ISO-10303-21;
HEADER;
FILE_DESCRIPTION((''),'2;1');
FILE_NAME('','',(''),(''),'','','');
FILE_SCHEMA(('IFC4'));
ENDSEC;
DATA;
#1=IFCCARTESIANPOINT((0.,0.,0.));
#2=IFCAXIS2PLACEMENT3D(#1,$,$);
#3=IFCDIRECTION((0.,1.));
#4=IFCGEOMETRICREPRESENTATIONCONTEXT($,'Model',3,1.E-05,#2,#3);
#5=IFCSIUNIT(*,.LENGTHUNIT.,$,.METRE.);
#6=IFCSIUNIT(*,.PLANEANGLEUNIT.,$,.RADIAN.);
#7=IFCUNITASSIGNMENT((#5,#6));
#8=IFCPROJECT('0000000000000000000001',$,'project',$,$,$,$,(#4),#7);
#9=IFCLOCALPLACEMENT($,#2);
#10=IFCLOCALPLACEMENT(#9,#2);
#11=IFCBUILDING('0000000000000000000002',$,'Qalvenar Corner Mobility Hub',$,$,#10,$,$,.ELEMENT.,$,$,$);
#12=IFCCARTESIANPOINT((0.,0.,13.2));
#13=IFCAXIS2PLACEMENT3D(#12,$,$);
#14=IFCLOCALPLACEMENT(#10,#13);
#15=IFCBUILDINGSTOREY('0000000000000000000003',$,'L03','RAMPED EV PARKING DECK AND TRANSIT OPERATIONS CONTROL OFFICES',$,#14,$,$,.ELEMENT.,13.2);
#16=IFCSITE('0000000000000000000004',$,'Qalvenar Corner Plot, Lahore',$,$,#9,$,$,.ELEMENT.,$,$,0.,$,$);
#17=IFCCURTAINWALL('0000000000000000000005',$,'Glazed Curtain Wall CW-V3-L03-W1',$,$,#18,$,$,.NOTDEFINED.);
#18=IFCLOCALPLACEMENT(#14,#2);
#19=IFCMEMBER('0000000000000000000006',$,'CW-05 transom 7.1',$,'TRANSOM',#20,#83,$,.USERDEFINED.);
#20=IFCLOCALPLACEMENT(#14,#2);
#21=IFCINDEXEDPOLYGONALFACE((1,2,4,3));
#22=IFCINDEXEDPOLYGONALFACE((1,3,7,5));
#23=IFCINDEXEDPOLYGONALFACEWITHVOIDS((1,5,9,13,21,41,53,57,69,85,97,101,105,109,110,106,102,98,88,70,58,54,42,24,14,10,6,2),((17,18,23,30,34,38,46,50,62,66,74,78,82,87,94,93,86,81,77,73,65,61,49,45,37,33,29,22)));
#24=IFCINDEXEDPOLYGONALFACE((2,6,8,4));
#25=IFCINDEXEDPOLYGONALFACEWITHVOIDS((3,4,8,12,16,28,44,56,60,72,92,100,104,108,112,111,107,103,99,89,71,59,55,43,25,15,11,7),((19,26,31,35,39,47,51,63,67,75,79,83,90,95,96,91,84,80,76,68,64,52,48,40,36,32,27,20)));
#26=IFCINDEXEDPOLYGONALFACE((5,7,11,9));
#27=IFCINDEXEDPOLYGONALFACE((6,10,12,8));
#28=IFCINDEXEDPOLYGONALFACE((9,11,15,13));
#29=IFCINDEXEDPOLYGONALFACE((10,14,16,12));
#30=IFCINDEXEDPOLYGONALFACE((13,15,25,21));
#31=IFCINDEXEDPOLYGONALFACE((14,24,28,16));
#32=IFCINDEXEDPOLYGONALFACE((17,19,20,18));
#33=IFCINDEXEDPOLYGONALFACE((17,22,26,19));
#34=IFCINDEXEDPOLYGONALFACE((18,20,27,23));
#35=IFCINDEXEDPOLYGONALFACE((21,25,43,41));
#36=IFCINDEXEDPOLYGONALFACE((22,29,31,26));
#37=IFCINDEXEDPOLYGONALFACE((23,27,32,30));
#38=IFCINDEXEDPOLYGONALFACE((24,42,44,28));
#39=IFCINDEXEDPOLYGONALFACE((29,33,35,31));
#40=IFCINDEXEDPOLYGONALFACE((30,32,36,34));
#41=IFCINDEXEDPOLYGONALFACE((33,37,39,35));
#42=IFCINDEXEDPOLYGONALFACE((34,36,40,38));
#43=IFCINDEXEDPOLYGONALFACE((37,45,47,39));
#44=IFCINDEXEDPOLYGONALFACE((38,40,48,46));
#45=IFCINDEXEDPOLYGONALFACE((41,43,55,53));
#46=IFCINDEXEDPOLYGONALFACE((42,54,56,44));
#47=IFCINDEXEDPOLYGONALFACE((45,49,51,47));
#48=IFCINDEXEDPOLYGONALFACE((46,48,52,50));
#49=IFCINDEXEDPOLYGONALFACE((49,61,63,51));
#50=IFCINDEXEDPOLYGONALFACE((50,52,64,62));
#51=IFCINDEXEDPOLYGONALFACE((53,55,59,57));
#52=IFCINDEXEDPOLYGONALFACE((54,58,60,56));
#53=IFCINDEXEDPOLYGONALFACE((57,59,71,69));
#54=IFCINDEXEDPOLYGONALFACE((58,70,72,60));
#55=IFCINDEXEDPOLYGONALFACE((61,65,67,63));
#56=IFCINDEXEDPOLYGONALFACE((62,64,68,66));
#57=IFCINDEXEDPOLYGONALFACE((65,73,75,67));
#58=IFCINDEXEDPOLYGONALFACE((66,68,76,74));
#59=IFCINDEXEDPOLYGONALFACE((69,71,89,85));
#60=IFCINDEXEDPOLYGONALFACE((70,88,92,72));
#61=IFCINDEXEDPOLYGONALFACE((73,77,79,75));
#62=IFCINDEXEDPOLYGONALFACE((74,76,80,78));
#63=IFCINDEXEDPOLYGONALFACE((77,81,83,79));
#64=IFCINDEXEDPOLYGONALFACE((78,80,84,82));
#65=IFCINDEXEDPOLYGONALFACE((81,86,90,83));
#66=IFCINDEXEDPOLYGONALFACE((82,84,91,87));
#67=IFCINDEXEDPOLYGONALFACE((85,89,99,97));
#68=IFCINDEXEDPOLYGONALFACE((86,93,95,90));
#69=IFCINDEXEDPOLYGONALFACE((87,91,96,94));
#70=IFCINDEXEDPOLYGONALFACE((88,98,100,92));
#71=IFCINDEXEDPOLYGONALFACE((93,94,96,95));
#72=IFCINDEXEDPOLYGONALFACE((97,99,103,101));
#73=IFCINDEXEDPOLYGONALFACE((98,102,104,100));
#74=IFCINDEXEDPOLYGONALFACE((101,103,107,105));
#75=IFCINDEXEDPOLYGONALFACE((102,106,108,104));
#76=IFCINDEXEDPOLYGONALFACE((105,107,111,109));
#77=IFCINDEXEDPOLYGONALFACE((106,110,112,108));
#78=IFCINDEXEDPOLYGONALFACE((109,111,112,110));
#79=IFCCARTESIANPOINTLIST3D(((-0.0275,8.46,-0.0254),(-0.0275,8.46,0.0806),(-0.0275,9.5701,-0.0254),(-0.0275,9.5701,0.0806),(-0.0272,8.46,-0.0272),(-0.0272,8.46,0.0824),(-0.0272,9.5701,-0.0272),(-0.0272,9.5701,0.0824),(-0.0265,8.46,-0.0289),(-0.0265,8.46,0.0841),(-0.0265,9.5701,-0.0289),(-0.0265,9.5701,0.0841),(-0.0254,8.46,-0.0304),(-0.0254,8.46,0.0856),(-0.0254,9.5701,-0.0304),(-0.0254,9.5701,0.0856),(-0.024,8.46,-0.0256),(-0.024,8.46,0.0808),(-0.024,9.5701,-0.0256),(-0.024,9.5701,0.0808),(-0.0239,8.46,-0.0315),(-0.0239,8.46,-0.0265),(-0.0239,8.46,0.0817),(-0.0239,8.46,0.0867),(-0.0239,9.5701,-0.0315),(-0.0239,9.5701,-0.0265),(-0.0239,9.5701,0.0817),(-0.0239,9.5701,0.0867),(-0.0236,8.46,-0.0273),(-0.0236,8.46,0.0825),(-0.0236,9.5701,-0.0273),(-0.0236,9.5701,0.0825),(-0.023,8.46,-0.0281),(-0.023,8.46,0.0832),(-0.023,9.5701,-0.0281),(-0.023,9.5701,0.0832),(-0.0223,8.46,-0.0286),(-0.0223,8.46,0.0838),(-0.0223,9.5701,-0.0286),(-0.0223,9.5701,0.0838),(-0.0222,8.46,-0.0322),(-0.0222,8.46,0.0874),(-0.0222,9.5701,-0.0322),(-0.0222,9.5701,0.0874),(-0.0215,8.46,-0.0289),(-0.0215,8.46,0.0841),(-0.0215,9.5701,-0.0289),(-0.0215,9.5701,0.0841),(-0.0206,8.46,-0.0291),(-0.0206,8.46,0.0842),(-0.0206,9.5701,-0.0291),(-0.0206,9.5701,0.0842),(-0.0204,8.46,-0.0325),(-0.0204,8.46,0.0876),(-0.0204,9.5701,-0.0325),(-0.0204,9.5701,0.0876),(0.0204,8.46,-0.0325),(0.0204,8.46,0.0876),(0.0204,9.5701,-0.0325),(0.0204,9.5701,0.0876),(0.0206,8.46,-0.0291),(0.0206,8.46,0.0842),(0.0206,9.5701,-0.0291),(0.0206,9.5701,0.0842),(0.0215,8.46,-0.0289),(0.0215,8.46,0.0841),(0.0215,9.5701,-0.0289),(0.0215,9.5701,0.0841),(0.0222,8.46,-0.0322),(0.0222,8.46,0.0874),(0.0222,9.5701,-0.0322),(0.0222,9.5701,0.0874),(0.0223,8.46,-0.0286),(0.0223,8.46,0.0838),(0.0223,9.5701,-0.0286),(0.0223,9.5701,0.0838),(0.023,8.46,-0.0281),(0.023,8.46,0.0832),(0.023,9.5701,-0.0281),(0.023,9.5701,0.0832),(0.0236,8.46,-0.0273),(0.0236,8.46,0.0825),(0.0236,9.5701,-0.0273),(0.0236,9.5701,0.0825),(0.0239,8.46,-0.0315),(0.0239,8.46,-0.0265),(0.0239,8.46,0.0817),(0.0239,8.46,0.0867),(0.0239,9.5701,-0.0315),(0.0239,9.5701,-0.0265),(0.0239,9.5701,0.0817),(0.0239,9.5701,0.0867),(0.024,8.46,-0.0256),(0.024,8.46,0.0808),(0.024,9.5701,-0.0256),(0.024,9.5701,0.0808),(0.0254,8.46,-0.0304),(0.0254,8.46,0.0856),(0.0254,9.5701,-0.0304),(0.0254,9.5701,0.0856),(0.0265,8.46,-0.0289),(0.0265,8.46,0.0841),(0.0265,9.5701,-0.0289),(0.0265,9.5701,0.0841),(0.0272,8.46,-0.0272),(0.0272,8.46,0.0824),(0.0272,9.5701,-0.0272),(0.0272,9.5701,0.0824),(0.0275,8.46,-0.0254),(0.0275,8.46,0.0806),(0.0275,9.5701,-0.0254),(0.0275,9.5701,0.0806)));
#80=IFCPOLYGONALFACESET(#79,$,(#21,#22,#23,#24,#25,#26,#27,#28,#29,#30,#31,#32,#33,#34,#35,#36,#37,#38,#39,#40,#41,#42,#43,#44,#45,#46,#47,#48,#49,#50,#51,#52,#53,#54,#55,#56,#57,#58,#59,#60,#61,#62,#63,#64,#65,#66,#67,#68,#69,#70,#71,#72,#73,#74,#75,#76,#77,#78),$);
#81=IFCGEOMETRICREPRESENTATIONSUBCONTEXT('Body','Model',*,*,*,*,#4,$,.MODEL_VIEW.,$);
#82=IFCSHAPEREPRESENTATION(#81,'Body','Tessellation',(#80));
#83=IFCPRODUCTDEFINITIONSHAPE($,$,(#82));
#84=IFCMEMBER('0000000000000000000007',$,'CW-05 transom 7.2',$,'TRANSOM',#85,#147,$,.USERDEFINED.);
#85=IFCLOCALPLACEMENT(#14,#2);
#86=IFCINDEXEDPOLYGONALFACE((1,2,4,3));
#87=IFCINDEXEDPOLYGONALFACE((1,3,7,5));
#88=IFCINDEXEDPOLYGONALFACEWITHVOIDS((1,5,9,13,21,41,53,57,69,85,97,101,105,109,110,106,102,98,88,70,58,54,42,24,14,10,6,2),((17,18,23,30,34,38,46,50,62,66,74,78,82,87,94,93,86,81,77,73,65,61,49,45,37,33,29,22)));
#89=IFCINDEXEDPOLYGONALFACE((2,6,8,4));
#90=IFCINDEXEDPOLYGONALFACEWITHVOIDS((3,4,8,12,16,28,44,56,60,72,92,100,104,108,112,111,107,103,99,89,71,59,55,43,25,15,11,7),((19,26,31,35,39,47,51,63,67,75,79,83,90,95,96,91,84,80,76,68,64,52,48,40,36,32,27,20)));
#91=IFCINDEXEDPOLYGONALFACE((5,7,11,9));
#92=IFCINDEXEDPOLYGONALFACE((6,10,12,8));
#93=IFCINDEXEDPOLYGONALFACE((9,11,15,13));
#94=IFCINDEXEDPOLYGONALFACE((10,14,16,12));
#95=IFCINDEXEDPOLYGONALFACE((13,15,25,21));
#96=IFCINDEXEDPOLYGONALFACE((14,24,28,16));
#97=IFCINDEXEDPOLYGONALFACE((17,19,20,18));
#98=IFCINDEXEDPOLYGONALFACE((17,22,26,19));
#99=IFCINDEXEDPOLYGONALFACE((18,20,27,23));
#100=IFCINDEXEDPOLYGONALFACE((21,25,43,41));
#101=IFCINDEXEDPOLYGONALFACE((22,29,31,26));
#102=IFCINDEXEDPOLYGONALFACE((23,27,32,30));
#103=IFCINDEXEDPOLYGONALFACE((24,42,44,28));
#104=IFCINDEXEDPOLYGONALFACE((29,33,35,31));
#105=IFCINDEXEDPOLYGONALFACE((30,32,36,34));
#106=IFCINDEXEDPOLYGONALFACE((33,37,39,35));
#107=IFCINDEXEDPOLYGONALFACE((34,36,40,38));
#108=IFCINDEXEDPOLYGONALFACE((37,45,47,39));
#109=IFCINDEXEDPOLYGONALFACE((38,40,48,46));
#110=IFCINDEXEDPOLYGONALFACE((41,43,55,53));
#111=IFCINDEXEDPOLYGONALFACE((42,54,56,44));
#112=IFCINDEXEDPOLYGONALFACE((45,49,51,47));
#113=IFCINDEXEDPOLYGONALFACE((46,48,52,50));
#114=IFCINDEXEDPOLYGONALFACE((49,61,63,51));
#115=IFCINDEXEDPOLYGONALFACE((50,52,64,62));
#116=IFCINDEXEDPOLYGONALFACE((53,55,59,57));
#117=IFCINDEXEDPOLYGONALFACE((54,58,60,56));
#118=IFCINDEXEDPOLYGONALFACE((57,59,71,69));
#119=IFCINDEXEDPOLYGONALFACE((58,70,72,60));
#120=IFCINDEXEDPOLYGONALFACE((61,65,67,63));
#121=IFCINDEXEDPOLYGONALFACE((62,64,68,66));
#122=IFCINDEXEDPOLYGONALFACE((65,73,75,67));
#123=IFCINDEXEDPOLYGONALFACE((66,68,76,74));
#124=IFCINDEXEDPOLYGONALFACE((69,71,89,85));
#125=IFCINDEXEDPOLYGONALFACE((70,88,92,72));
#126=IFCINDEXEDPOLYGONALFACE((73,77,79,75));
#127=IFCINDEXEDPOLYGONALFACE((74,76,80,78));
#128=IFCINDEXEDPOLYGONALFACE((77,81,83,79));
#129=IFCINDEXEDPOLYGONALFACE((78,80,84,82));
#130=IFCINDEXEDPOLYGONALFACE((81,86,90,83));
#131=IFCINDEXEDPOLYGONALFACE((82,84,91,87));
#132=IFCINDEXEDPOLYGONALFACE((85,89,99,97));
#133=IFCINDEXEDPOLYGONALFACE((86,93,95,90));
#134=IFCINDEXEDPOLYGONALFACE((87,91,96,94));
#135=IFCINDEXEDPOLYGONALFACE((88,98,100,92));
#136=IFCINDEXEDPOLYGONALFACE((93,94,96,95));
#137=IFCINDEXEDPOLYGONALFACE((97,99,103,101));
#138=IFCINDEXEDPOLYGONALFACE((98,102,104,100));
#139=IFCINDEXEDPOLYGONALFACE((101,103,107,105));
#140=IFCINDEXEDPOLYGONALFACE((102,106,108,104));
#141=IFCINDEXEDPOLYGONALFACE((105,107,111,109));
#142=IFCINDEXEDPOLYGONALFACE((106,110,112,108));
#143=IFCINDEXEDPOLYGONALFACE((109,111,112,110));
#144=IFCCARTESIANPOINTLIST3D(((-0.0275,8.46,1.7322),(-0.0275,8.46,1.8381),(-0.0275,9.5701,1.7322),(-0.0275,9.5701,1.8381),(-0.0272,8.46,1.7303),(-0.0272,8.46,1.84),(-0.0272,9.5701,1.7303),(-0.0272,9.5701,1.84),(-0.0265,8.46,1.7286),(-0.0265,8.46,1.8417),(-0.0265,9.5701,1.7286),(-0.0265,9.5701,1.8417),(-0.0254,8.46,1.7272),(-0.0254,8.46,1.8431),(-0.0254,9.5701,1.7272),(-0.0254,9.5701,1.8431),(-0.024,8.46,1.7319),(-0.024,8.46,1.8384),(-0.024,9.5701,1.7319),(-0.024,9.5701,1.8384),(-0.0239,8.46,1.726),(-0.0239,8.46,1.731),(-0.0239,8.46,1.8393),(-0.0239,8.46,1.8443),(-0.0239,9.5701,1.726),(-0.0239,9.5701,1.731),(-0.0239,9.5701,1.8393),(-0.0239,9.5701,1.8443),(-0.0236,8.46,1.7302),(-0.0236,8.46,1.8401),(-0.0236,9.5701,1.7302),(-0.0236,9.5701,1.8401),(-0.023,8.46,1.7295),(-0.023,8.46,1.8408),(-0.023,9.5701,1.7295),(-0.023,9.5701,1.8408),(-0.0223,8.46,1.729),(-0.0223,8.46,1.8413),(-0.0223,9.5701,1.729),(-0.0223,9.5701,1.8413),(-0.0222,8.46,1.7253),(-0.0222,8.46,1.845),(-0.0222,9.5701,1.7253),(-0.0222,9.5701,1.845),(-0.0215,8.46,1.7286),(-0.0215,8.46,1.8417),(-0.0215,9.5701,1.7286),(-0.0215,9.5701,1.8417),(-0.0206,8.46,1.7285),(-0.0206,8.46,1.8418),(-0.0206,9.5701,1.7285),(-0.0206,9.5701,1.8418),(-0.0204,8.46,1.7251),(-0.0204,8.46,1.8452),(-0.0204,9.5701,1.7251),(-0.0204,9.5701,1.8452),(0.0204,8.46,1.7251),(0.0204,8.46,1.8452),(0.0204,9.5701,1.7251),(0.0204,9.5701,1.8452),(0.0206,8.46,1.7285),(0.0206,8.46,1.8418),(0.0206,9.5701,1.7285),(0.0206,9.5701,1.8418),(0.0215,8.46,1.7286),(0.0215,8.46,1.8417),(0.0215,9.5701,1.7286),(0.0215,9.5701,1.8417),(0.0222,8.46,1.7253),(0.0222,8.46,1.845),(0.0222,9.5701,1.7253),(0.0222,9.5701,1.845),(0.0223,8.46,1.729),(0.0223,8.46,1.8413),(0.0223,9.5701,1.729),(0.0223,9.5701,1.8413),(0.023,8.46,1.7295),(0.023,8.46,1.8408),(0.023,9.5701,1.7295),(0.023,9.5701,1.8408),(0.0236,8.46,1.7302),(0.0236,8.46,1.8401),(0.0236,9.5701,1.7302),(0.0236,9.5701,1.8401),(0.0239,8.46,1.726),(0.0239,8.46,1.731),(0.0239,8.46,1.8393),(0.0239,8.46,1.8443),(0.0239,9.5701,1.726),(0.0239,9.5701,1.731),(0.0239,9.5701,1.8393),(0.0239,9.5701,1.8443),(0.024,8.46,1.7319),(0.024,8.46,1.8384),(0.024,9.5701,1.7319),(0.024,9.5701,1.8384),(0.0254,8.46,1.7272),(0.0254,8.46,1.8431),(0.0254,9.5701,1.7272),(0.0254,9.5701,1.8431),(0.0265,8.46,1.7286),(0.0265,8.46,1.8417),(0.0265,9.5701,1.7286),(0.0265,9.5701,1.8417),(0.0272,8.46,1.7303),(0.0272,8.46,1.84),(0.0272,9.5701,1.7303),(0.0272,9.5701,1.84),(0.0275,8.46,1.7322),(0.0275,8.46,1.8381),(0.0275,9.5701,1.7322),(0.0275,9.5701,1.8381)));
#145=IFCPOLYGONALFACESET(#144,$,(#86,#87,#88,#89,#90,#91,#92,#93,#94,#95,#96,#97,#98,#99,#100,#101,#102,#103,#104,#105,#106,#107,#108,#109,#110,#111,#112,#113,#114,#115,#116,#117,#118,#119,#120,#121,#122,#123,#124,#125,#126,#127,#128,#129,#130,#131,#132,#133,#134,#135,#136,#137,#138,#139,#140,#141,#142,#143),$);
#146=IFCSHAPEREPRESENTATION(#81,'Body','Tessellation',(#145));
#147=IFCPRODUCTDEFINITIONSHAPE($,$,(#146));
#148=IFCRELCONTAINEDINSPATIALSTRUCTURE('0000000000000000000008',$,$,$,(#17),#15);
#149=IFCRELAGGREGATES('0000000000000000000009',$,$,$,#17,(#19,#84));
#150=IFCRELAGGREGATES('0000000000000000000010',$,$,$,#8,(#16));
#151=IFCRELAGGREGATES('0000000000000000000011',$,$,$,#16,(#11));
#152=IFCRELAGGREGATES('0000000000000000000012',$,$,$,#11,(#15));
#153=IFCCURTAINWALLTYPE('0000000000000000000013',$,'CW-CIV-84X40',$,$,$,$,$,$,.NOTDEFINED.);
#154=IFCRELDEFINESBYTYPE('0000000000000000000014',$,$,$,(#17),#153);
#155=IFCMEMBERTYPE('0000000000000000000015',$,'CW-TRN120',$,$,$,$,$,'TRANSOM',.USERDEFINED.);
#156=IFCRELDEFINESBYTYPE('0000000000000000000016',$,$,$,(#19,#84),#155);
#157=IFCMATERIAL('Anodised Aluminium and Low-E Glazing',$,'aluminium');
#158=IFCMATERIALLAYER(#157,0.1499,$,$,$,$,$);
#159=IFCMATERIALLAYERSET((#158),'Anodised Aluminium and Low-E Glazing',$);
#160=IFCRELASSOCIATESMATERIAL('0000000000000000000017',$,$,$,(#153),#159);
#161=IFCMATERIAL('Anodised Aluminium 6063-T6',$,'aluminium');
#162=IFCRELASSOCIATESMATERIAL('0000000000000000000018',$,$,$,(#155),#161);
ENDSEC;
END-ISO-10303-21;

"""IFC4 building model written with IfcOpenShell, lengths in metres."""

from ifc_helpers import new_model, si_unit, direction, frame, origin, origin_2d, place, context, subcontext, project, spatial, hollow_rectangle, extrude, material, layer, layer_set, material_profile, profile_set, type_object, element, aggregate, save


model = new_model("IFC4")

# Units and contexts
model_context = context("Model", 3, precision=1e-05, world=origin(), true_north=direction((0.0, 1.0)))
body_context = subcontext(model_context, "Body", "Model", "MODEL_VIEW")
ifc_project = project(units=[si_unit("LENGTHUNIT", "METRE"), si_unit("PLANEANGLEUNIT", "RADIAN")], contexts=[model_context])

# Site, building, storey
site_placement = place(None, origin())
site = spatial("IfcSite", under=ifc_project, at=site_placement, Name="Qalvenar Corner Plot, Lahore", CompositionType="ELEMENT", RefElevation=0.0)
building_placement = place(site_placement, origin())
building = spatial("IfcBuilding", under=site, at=building_placement, Name="Qalvenar Corner Mobility Hub", CompositionType="ELEMENT")
storey_placement = place(building_placement, frame((0.0, 0.0, 13.2)))
storey = spatial("IfcBuildingStorey", under=building, at=storey_placement, Name="L03", Description="RAMPED EV PARKING DECK AND TRANSIT OPERATIONS CONTROL OFFICES", CompositionType="ELEMENT", Elevation=13.2)

# Curtain wall, members
ifc_material_1 = material(Name="Anodised Aluminium and Low-E Glazing", Category="aluminium")
ifc_layer_1 = layer(ifc_material_1, 0.1499)
ifc_layer_set_1 = layer_set([ifc_layer_1], Name="Anodised Aluminium and Low-E Glazing")
curtain_wall_type = type_object("IfcCurtainWallType", Name="CW-CIV-84X40", PredefinedType="NOTDEFINED", material=ifc_layer_set_1)
curtain_wall_placement = place(storey_placement, origin())
curtain_wall = element("IfcCurtainWall", 1, at=curtain_wall_placement, inside=storey, type_object=curtain_wall_type, Name="Glazed Curtain Wall CW-V3-L03-W1", PredefinedType="NOTDEFINED")
ifc_material_2 = material(Name="Anodised Aluminium 6063-T6", Category="aluminium")
ifc_material_profile_1 = material_profile(ifc_material_2, hollow_rectangle(XDim=0.0549, YDim=0.1201, WallThickness=0.0034, InnerFilletRadius=0.0034, OuterFilletRadius=0.0071, at=origin_2d()), Name="RHS120x55x3.5")
ifc_profile_set_1 = profile_set([ifc_material_profile_1], Name="Anodised Aluminium 6063-T6")
member_type_1 = type_object("IfcMemberType", Name="CW-TRN120", ElementType="TRANSOM", PredefinedType="USERDEFINED", material=ifc_profile_set_1)
member_1_placement = place(storey_placement, frame((0.0, 9.5701, 0.0276), z_axis=(0.0, -1.0, 0.0), x_axis=(1.0, 0.0, 0.0)))
member_1 = element("IfcMember", 2, at=member_1_placement, type_object=member_type_1, Name="CW-05 transom 7.1", ObjectType="TRANSOM", PredefinedType="USERDEFINED", context=body_context, shape_type="SweptSolid", body=[
    extrude(hollow_rectangle(XDim=0.0549, YDim=0.1201, WallThickness=0.0034, InnerFilletRadius=0.0034, OuterFilletRadius=0.0071, at=origin_2d()), origin(), (0.0, 0.0, 1.0), 1.1101),
])
member_2_placement = place(storey_placement, frame((0.0, 9.5701, 1.7852), z_axis=(0.0, -1.0, 0.0), x_axis=(1.0, 0.0, 0.0)))
member_2 = element("IfcMember", 3, at=member_2_placement, type_object=member_type_1, Name="CW-05 transom 7.2", ObjectType="TRANSOM", PredefinedType="USERDEFINED", context=body_context, shape_type="SweptSolid", body=[
    extrude(hollow_rectangle(XDim=0.0549, YDim=0.1201, WallThickness=0.0034, InnerFilletRadius=0.0034, OuterFilletRadius=0.0071, at=origin_2d()), origin(), (0.0, 0.0, 1.0), 1.1101),
])
aggregate(curtain_wall, [member_1, member_2])

save(model, "model.ifc")
